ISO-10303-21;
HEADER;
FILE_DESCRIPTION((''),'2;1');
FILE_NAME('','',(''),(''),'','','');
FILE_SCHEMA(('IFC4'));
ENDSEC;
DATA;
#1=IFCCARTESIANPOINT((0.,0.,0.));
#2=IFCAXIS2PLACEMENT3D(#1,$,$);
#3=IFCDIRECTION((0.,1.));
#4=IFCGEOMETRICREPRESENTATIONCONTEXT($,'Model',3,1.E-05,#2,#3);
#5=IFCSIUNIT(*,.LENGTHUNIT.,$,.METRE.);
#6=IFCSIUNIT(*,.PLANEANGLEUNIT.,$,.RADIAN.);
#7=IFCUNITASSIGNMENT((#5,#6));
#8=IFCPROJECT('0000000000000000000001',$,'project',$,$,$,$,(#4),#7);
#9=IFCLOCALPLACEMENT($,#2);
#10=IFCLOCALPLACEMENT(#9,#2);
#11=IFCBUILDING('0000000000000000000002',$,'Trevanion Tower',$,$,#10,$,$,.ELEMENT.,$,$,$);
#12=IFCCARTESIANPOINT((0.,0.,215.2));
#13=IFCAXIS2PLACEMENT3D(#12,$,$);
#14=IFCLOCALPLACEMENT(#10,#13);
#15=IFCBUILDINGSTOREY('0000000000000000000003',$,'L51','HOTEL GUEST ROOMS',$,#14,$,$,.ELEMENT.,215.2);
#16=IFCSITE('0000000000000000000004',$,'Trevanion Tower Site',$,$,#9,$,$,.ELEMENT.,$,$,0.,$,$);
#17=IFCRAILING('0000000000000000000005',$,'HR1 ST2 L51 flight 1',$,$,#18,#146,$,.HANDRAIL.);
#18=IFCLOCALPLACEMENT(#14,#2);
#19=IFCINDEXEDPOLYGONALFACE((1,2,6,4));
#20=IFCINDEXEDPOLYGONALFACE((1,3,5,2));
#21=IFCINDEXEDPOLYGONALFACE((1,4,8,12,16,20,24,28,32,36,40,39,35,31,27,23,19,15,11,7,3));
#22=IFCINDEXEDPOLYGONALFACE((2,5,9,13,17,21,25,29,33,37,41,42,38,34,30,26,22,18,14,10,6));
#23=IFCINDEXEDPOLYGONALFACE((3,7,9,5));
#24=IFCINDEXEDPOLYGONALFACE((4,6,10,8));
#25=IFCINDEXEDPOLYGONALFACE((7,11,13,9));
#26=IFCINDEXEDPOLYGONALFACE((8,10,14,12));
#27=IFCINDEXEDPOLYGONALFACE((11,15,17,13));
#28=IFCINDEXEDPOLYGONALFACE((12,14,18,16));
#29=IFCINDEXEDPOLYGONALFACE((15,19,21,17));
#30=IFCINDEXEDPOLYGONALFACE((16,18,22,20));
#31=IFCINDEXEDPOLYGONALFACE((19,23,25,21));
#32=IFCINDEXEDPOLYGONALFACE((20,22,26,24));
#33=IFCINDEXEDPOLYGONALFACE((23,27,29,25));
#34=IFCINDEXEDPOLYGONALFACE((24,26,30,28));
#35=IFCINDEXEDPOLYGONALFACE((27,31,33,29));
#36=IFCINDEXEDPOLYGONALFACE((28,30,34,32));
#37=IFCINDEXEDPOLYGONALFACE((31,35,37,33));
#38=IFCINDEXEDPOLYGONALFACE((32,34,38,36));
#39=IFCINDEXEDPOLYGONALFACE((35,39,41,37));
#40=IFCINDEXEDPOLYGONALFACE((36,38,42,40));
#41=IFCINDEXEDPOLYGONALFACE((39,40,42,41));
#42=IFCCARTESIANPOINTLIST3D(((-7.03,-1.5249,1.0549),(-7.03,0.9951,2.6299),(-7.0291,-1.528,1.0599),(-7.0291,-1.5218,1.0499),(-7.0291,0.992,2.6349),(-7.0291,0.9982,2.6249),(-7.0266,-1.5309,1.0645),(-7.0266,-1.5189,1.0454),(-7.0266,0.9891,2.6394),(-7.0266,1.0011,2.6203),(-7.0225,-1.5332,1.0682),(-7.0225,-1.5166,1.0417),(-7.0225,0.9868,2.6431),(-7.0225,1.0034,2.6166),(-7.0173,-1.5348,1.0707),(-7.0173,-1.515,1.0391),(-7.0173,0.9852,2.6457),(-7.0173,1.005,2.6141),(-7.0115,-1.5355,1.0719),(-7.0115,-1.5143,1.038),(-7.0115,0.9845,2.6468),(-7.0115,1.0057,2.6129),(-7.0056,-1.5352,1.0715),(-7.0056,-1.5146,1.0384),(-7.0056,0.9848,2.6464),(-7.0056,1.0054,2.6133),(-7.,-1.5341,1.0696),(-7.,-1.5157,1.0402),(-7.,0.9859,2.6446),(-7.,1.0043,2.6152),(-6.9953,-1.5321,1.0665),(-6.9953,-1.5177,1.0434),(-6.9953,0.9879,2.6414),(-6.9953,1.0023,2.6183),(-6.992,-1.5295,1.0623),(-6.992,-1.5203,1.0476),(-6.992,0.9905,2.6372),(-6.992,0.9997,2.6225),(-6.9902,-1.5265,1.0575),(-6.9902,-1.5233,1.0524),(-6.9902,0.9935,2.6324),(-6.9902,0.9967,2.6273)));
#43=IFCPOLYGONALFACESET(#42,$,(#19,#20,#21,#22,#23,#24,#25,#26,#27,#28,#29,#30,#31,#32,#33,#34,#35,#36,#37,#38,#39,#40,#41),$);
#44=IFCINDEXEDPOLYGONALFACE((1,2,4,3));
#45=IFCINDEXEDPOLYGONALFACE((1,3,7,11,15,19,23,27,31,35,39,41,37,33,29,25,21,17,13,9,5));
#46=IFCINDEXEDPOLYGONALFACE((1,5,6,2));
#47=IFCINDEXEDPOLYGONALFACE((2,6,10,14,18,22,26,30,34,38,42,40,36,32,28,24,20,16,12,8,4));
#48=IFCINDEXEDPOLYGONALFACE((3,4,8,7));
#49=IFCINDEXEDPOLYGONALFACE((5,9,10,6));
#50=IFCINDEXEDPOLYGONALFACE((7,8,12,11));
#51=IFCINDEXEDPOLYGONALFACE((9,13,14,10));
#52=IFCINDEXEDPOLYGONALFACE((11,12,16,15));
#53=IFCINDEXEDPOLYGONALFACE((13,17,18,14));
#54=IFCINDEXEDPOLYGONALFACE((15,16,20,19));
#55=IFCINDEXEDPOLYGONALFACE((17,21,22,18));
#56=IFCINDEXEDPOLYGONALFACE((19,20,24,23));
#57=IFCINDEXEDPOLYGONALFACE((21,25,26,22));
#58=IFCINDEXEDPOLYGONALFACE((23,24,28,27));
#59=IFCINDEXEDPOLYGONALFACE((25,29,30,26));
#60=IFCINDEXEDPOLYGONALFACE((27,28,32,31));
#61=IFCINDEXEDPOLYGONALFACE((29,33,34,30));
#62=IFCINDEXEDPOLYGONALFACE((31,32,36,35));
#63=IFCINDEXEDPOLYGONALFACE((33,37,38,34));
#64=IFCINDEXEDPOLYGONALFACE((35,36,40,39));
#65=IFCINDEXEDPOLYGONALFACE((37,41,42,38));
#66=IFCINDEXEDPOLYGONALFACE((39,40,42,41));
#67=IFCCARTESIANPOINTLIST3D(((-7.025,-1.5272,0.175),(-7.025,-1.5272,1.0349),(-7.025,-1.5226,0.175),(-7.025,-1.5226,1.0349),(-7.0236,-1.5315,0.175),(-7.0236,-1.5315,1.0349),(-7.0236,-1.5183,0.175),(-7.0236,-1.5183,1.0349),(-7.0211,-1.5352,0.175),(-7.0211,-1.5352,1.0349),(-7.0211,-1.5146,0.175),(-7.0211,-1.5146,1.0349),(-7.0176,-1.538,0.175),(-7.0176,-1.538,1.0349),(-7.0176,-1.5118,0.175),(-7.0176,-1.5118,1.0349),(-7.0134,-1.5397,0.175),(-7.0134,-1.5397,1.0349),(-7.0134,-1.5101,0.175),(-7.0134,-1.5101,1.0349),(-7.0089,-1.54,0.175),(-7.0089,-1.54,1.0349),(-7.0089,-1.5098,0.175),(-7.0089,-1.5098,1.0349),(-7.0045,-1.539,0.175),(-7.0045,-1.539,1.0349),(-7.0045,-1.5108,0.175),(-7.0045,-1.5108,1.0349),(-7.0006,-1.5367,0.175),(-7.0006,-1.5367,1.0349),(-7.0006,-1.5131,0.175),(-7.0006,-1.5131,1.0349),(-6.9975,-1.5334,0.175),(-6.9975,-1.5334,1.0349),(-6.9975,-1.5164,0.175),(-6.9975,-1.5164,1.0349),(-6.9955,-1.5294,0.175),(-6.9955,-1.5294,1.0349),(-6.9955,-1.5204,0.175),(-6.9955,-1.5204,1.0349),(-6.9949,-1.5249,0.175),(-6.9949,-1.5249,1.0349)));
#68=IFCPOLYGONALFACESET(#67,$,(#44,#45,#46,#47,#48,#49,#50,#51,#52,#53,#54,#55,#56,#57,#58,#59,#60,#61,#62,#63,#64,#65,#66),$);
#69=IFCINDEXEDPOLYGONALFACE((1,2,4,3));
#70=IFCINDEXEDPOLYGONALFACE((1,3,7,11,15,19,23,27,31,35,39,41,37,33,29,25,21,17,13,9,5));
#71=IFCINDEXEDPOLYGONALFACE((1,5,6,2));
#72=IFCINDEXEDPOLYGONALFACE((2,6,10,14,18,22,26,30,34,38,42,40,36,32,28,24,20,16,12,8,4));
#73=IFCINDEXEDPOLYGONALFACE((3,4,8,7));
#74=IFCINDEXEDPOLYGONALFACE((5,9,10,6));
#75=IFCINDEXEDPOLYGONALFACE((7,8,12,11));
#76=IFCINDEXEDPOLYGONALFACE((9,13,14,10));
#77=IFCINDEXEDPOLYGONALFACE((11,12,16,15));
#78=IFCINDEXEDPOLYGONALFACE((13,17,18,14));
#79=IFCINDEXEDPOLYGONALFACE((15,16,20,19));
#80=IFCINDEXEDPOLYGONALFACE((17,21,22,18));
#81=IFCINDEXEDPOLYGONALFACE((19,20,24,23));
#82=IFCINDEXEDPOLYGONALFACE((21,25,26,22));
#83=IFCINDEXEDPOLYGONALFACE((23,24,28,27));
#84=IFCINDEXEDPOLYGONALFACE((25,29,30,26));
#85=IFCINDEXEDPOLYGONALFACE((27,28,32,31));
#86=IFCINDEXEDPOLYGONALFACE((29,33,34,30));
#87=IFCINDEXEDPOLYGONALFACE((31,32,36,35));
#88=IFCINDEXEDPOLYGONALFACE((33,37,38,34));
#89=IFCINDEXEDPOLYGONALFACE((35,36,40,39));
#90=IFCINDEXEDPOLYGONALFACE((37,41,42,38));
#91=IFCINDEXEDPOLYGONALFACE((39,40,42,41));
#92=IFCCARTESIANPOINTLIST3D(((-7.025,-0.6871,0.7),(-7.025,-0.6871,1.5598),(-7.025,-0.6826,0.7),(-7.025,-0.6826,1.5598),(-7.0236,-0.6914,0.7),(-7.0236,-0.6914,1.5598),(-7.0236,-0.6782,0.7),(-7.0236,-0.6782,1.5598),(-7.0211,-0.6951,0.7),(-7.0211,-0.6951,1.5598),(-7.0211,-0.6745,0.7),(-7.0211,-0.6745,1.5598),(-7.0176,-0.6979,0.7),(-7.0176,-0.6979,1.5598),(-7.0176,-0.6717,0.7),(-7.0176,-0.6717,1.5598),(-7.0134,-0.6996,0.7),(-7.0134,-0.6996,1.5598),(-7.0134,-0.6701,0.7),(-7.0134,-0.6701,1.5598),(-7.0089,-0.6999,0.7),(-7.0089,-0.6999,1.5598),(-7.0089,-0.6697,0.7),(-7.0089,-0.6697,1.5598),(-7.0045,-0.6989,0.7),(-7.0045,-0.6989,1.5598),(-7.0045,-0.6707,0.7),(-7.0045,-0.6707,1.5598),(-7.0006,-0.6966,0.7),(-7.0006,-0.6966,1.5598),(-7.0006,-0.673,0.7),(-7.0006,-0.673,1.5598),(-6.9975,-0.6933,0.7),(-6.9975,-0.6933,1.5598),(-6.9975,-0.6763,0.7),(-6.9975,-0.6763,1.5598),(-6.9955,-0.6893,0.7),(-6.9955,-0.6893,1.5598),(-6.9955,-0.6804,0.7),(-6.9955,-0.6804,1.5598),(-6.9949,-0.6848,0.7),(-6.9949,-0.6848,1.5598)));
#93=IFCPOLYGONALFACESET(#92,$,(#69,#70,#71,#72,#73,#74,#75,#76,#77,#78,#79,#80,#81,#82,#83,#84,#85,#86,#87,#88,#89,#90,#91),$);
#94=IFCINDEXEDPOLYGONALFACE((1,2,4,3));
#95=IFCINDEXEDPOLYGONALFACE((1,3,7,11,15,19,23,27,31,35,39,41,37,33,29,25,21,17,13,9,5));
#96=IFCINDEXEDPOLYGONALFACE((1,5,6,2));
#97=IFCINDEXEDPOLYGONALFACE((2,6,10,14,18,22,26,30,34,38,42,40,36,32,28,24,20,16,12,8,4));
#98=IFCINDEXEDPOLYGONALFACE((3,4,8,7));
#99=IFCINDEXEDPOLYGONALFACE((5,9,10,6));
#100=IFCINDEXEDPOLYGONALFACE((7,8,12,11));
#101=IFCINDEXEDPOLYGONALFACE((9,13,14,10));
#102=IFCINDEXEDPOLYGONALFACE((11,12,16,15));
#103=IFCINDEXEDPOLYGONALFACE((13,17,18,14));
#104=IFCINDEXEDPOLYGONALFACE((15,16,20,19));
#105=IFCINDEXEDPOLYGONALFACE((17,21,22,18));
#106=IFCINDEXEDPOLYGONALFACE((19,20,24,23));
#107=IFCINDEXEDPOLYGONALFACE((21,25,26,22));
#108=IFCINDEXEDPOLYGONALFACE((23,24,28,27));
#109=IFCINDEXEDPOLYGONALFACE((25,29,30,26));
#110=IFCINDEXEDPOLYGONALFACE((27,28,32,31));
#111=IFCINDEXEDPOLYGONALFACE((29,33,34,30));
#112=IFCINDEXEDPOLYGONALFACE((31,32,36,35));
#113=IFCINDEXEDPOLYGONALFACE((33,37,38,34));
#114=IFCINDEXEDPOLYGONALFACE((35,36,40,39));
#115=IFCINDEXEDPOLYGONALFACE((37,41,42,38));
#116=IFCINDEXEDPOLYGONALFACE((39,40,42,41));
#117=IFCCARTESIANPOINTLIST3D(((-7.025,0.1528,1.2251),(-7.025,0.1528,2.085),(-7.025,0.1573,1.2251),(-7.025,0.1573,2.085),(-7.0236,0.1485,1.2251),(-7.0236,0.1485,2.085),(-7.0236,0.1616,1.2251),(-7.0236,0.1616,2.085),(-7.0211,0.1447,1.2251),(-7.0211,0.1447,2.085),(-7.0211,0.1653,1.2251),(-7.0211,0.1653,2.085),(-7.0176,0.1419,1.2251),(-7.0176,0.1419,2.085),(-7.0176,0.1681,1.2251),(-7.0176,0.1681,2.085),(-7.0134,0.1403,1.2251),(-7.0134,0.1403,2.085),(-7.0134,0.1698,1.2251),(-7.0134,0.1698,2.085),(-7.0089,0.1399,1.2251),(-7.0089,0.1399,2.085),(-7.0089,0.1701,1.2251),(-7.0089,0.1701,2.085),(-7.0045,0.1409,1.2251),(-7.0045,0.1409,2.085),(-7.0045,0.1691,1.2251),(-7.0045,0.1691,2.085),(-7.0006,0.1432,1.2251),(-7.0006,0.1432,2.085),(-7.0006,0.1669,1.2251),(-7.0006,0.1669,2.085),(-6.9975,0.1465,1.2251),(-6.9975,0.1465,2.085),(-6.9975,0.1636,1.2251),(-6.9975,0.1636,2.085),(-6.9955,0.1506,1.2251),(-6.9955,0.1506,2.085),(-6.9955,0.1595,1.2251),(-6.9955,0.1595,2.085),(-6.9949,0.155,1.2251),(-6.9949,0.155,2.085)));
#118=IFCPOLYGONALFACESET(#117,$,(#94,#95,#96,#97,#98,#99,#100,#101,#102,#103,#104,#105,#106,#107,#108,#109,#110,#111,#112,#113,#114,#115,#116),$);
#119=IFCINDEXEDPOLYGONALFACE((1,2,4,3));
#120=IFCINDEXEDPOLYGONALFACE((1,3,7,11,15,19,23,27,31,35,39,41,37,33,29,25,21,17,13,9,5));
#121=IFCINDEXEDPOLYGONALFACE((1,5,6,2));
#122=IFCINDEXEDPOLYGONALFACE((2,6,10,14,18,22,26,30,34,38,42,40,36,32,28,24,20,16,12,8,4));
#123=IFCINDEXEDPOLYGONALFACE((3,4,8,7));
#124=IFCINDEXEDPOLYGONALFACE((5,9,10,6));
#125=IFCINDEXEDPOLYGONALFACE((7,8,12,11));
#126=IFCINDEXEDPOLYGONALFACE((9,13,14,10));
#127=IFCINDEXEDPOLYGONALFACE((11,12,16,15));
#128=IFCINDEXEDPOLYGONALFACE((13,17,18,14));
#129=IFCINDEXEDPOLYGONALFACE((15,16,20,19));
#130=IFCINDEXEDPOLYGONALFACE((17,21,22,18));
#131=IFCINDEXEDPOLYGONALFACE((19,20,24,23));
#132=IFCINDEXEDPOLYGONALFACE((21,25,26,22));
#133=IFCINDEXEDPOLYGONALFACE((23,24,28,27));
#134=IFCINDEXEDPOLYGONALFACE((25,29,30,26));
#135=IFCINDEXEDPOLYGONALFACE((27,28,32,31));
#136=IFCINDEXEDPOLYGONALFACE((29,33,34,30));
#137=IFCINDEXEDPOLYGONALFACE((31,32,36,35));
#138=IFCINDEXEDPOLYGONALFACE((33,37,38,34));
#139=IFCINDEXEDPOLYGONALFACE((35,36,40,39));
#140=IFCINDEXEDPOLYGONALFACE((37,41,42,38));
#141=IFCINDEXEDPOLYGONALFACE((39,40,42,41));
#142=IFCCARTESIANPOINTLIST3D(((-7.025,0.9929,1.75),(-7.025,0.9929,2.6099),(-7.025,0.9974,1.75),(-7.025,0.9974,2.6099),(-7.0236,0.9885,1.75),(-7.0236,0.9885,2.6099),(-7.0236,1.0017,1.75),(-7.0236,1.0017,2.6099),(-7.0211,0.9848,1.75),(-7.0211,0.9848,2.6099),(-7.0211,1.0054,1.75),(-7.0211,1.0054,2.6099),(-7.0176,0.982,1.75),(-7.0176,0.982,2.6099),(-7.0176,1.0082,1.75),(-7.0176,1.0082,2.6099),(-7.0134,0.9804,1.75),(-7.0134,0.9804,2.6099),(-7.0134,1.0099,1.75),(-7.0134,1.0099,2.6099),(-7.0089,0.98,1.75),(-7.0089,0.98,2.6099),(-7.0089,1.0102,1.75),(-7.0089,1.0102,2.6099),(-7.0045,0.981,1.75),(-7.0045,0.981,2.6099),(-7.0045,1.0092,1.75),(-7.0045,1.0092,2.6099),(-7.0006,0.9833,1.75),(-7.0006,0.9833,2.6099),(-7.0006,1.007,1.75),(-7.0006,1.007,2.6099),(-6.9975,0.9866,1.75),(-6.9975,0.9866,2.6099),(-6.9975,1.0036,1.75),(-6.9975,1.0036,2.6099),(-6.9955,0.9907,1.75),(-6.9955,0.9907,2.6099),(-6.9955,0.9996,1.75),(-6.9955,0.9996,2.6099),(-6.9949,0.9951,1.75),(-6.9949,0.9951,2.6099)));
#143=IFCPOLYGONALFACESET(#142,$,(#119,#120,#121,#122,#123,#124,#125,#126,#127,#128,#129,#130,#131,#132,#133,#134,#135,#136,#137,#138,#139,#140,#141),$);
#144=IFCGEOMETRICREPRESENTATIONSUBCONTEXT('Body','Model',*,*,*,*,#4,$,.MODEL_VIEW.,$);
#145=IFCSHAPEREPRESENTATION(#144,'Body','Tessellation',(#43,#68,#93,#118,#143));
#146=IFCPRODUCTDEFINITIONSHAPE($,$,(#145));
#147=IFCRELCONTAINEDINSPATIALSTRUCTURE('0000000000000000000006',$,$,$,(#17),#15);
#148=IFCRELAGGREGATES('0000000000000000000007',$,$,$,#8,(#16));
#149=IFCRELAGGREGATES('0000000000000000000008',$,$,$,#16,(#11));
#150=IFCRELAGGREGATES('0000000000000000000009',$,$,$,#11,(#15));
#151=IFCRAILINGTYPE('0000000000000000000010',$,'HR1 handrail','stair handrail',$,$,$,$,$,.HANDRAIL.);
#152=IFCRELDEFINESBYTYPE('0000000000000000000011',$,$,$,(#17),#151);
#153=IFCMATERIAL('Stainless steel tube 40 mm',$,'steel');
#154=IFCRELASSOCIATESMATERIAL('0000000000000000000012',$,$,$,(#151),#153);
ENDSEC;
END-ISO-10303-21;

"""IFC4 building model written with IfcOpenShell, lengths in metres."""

from ifc_helpers import new_model, si_unit, direction, frame, origin, origin_2d, place, context, subcontext, project, spatial, circle, extrude, material, type_object, element, save


model = new_model("IFC4")

# Units and contexts
model_context = context("Model", 3, precision=1e-05, world=origin(), true_north=direction((0.0, 1.0)))
body_context = subcontext(model_context, "Body", "Model", "MODEL_VIEW")
ifc_project = project(units=[si_unit("LENGTHUNIT", "METRE"), si_unit("PLANEANGLEUNIT", "RADIAN")], contexts=[model_context])

# Site, building, storey
site_placement = place(None, origin())
site = spatial("IfcSite", under=ifc_project, at=site_placement, Name="Trevanion Tower Site", CompositionType="ELEMENT", RefElevation=0.0)
building_placement = place(site_placement, origin())
building = spatial("IfcBuilding", under=site, at=building_placement, Name="Trevanion Tower", CompositionType="ELEMENT")
storey_placement = place(building_placement, frame((0.0, 0.0, 215.2)))
storey = spatial("IfcBuildingStorey", under=building, at=storey_placement, Name="L51", Description="HOTEL GUEST ROOMS", CompositionType="ELEMENT", Elevation=215.2)

# Railing
ifc_material_1 = material(Name="Stainless steel tube 40 mm", Category="steel")
railing_type = type_object("IfcRailingType", Name="HR1 handrail", Description="stair handrail", PredefinedType="HANDRAIL", material=ifc_material_1)
for number, where, name in (
    (1, (-7.01, -1.5249, 0.175), "HR1 ST2 L51 flight 1"),
):
    element("IfcRailing", number, at=place(storey_placement, frame(where)), inside=storey, type_object=railing_type, Name=name, PredefinedType="HANDRAIL", context=body_context, shape_type="SweptSolid", body=[
        extrude(circle(Radius=0.02, at=origin_2d()), frame((0.0, 0.0, 0.8799), z_axis=(0.0, 0.848008, 0.529984), x_axis=(-1.0, 0.0, 0.0)), (0.0, 0.0, 1.0), 2.9717),
        extrude(circle(Radius=0.0151, at=origin_2d()), origin(), (0.0, 0.0, 1.0), 0.8599),
        extrude(circle(Radius=0.0151, at=origin_2d()), frame((0.0, 0.8401, 0.5249)), (0.0, 0.0, 1.0), 0.8599),
        extrude(circle(Radius=0.0151, at=origin_2d()), frame((0.0, 1.6799, 1.05)), (0.0, 0.0, 1.0), 0.8599),
        extrude(circle(Radius=0.0151, at=origin_2d()), frame((0.0, 2.52, 1.575)), (0.0, 0.0, 1.0), 0.8599),
    ])

save(model, "model.ifc")
